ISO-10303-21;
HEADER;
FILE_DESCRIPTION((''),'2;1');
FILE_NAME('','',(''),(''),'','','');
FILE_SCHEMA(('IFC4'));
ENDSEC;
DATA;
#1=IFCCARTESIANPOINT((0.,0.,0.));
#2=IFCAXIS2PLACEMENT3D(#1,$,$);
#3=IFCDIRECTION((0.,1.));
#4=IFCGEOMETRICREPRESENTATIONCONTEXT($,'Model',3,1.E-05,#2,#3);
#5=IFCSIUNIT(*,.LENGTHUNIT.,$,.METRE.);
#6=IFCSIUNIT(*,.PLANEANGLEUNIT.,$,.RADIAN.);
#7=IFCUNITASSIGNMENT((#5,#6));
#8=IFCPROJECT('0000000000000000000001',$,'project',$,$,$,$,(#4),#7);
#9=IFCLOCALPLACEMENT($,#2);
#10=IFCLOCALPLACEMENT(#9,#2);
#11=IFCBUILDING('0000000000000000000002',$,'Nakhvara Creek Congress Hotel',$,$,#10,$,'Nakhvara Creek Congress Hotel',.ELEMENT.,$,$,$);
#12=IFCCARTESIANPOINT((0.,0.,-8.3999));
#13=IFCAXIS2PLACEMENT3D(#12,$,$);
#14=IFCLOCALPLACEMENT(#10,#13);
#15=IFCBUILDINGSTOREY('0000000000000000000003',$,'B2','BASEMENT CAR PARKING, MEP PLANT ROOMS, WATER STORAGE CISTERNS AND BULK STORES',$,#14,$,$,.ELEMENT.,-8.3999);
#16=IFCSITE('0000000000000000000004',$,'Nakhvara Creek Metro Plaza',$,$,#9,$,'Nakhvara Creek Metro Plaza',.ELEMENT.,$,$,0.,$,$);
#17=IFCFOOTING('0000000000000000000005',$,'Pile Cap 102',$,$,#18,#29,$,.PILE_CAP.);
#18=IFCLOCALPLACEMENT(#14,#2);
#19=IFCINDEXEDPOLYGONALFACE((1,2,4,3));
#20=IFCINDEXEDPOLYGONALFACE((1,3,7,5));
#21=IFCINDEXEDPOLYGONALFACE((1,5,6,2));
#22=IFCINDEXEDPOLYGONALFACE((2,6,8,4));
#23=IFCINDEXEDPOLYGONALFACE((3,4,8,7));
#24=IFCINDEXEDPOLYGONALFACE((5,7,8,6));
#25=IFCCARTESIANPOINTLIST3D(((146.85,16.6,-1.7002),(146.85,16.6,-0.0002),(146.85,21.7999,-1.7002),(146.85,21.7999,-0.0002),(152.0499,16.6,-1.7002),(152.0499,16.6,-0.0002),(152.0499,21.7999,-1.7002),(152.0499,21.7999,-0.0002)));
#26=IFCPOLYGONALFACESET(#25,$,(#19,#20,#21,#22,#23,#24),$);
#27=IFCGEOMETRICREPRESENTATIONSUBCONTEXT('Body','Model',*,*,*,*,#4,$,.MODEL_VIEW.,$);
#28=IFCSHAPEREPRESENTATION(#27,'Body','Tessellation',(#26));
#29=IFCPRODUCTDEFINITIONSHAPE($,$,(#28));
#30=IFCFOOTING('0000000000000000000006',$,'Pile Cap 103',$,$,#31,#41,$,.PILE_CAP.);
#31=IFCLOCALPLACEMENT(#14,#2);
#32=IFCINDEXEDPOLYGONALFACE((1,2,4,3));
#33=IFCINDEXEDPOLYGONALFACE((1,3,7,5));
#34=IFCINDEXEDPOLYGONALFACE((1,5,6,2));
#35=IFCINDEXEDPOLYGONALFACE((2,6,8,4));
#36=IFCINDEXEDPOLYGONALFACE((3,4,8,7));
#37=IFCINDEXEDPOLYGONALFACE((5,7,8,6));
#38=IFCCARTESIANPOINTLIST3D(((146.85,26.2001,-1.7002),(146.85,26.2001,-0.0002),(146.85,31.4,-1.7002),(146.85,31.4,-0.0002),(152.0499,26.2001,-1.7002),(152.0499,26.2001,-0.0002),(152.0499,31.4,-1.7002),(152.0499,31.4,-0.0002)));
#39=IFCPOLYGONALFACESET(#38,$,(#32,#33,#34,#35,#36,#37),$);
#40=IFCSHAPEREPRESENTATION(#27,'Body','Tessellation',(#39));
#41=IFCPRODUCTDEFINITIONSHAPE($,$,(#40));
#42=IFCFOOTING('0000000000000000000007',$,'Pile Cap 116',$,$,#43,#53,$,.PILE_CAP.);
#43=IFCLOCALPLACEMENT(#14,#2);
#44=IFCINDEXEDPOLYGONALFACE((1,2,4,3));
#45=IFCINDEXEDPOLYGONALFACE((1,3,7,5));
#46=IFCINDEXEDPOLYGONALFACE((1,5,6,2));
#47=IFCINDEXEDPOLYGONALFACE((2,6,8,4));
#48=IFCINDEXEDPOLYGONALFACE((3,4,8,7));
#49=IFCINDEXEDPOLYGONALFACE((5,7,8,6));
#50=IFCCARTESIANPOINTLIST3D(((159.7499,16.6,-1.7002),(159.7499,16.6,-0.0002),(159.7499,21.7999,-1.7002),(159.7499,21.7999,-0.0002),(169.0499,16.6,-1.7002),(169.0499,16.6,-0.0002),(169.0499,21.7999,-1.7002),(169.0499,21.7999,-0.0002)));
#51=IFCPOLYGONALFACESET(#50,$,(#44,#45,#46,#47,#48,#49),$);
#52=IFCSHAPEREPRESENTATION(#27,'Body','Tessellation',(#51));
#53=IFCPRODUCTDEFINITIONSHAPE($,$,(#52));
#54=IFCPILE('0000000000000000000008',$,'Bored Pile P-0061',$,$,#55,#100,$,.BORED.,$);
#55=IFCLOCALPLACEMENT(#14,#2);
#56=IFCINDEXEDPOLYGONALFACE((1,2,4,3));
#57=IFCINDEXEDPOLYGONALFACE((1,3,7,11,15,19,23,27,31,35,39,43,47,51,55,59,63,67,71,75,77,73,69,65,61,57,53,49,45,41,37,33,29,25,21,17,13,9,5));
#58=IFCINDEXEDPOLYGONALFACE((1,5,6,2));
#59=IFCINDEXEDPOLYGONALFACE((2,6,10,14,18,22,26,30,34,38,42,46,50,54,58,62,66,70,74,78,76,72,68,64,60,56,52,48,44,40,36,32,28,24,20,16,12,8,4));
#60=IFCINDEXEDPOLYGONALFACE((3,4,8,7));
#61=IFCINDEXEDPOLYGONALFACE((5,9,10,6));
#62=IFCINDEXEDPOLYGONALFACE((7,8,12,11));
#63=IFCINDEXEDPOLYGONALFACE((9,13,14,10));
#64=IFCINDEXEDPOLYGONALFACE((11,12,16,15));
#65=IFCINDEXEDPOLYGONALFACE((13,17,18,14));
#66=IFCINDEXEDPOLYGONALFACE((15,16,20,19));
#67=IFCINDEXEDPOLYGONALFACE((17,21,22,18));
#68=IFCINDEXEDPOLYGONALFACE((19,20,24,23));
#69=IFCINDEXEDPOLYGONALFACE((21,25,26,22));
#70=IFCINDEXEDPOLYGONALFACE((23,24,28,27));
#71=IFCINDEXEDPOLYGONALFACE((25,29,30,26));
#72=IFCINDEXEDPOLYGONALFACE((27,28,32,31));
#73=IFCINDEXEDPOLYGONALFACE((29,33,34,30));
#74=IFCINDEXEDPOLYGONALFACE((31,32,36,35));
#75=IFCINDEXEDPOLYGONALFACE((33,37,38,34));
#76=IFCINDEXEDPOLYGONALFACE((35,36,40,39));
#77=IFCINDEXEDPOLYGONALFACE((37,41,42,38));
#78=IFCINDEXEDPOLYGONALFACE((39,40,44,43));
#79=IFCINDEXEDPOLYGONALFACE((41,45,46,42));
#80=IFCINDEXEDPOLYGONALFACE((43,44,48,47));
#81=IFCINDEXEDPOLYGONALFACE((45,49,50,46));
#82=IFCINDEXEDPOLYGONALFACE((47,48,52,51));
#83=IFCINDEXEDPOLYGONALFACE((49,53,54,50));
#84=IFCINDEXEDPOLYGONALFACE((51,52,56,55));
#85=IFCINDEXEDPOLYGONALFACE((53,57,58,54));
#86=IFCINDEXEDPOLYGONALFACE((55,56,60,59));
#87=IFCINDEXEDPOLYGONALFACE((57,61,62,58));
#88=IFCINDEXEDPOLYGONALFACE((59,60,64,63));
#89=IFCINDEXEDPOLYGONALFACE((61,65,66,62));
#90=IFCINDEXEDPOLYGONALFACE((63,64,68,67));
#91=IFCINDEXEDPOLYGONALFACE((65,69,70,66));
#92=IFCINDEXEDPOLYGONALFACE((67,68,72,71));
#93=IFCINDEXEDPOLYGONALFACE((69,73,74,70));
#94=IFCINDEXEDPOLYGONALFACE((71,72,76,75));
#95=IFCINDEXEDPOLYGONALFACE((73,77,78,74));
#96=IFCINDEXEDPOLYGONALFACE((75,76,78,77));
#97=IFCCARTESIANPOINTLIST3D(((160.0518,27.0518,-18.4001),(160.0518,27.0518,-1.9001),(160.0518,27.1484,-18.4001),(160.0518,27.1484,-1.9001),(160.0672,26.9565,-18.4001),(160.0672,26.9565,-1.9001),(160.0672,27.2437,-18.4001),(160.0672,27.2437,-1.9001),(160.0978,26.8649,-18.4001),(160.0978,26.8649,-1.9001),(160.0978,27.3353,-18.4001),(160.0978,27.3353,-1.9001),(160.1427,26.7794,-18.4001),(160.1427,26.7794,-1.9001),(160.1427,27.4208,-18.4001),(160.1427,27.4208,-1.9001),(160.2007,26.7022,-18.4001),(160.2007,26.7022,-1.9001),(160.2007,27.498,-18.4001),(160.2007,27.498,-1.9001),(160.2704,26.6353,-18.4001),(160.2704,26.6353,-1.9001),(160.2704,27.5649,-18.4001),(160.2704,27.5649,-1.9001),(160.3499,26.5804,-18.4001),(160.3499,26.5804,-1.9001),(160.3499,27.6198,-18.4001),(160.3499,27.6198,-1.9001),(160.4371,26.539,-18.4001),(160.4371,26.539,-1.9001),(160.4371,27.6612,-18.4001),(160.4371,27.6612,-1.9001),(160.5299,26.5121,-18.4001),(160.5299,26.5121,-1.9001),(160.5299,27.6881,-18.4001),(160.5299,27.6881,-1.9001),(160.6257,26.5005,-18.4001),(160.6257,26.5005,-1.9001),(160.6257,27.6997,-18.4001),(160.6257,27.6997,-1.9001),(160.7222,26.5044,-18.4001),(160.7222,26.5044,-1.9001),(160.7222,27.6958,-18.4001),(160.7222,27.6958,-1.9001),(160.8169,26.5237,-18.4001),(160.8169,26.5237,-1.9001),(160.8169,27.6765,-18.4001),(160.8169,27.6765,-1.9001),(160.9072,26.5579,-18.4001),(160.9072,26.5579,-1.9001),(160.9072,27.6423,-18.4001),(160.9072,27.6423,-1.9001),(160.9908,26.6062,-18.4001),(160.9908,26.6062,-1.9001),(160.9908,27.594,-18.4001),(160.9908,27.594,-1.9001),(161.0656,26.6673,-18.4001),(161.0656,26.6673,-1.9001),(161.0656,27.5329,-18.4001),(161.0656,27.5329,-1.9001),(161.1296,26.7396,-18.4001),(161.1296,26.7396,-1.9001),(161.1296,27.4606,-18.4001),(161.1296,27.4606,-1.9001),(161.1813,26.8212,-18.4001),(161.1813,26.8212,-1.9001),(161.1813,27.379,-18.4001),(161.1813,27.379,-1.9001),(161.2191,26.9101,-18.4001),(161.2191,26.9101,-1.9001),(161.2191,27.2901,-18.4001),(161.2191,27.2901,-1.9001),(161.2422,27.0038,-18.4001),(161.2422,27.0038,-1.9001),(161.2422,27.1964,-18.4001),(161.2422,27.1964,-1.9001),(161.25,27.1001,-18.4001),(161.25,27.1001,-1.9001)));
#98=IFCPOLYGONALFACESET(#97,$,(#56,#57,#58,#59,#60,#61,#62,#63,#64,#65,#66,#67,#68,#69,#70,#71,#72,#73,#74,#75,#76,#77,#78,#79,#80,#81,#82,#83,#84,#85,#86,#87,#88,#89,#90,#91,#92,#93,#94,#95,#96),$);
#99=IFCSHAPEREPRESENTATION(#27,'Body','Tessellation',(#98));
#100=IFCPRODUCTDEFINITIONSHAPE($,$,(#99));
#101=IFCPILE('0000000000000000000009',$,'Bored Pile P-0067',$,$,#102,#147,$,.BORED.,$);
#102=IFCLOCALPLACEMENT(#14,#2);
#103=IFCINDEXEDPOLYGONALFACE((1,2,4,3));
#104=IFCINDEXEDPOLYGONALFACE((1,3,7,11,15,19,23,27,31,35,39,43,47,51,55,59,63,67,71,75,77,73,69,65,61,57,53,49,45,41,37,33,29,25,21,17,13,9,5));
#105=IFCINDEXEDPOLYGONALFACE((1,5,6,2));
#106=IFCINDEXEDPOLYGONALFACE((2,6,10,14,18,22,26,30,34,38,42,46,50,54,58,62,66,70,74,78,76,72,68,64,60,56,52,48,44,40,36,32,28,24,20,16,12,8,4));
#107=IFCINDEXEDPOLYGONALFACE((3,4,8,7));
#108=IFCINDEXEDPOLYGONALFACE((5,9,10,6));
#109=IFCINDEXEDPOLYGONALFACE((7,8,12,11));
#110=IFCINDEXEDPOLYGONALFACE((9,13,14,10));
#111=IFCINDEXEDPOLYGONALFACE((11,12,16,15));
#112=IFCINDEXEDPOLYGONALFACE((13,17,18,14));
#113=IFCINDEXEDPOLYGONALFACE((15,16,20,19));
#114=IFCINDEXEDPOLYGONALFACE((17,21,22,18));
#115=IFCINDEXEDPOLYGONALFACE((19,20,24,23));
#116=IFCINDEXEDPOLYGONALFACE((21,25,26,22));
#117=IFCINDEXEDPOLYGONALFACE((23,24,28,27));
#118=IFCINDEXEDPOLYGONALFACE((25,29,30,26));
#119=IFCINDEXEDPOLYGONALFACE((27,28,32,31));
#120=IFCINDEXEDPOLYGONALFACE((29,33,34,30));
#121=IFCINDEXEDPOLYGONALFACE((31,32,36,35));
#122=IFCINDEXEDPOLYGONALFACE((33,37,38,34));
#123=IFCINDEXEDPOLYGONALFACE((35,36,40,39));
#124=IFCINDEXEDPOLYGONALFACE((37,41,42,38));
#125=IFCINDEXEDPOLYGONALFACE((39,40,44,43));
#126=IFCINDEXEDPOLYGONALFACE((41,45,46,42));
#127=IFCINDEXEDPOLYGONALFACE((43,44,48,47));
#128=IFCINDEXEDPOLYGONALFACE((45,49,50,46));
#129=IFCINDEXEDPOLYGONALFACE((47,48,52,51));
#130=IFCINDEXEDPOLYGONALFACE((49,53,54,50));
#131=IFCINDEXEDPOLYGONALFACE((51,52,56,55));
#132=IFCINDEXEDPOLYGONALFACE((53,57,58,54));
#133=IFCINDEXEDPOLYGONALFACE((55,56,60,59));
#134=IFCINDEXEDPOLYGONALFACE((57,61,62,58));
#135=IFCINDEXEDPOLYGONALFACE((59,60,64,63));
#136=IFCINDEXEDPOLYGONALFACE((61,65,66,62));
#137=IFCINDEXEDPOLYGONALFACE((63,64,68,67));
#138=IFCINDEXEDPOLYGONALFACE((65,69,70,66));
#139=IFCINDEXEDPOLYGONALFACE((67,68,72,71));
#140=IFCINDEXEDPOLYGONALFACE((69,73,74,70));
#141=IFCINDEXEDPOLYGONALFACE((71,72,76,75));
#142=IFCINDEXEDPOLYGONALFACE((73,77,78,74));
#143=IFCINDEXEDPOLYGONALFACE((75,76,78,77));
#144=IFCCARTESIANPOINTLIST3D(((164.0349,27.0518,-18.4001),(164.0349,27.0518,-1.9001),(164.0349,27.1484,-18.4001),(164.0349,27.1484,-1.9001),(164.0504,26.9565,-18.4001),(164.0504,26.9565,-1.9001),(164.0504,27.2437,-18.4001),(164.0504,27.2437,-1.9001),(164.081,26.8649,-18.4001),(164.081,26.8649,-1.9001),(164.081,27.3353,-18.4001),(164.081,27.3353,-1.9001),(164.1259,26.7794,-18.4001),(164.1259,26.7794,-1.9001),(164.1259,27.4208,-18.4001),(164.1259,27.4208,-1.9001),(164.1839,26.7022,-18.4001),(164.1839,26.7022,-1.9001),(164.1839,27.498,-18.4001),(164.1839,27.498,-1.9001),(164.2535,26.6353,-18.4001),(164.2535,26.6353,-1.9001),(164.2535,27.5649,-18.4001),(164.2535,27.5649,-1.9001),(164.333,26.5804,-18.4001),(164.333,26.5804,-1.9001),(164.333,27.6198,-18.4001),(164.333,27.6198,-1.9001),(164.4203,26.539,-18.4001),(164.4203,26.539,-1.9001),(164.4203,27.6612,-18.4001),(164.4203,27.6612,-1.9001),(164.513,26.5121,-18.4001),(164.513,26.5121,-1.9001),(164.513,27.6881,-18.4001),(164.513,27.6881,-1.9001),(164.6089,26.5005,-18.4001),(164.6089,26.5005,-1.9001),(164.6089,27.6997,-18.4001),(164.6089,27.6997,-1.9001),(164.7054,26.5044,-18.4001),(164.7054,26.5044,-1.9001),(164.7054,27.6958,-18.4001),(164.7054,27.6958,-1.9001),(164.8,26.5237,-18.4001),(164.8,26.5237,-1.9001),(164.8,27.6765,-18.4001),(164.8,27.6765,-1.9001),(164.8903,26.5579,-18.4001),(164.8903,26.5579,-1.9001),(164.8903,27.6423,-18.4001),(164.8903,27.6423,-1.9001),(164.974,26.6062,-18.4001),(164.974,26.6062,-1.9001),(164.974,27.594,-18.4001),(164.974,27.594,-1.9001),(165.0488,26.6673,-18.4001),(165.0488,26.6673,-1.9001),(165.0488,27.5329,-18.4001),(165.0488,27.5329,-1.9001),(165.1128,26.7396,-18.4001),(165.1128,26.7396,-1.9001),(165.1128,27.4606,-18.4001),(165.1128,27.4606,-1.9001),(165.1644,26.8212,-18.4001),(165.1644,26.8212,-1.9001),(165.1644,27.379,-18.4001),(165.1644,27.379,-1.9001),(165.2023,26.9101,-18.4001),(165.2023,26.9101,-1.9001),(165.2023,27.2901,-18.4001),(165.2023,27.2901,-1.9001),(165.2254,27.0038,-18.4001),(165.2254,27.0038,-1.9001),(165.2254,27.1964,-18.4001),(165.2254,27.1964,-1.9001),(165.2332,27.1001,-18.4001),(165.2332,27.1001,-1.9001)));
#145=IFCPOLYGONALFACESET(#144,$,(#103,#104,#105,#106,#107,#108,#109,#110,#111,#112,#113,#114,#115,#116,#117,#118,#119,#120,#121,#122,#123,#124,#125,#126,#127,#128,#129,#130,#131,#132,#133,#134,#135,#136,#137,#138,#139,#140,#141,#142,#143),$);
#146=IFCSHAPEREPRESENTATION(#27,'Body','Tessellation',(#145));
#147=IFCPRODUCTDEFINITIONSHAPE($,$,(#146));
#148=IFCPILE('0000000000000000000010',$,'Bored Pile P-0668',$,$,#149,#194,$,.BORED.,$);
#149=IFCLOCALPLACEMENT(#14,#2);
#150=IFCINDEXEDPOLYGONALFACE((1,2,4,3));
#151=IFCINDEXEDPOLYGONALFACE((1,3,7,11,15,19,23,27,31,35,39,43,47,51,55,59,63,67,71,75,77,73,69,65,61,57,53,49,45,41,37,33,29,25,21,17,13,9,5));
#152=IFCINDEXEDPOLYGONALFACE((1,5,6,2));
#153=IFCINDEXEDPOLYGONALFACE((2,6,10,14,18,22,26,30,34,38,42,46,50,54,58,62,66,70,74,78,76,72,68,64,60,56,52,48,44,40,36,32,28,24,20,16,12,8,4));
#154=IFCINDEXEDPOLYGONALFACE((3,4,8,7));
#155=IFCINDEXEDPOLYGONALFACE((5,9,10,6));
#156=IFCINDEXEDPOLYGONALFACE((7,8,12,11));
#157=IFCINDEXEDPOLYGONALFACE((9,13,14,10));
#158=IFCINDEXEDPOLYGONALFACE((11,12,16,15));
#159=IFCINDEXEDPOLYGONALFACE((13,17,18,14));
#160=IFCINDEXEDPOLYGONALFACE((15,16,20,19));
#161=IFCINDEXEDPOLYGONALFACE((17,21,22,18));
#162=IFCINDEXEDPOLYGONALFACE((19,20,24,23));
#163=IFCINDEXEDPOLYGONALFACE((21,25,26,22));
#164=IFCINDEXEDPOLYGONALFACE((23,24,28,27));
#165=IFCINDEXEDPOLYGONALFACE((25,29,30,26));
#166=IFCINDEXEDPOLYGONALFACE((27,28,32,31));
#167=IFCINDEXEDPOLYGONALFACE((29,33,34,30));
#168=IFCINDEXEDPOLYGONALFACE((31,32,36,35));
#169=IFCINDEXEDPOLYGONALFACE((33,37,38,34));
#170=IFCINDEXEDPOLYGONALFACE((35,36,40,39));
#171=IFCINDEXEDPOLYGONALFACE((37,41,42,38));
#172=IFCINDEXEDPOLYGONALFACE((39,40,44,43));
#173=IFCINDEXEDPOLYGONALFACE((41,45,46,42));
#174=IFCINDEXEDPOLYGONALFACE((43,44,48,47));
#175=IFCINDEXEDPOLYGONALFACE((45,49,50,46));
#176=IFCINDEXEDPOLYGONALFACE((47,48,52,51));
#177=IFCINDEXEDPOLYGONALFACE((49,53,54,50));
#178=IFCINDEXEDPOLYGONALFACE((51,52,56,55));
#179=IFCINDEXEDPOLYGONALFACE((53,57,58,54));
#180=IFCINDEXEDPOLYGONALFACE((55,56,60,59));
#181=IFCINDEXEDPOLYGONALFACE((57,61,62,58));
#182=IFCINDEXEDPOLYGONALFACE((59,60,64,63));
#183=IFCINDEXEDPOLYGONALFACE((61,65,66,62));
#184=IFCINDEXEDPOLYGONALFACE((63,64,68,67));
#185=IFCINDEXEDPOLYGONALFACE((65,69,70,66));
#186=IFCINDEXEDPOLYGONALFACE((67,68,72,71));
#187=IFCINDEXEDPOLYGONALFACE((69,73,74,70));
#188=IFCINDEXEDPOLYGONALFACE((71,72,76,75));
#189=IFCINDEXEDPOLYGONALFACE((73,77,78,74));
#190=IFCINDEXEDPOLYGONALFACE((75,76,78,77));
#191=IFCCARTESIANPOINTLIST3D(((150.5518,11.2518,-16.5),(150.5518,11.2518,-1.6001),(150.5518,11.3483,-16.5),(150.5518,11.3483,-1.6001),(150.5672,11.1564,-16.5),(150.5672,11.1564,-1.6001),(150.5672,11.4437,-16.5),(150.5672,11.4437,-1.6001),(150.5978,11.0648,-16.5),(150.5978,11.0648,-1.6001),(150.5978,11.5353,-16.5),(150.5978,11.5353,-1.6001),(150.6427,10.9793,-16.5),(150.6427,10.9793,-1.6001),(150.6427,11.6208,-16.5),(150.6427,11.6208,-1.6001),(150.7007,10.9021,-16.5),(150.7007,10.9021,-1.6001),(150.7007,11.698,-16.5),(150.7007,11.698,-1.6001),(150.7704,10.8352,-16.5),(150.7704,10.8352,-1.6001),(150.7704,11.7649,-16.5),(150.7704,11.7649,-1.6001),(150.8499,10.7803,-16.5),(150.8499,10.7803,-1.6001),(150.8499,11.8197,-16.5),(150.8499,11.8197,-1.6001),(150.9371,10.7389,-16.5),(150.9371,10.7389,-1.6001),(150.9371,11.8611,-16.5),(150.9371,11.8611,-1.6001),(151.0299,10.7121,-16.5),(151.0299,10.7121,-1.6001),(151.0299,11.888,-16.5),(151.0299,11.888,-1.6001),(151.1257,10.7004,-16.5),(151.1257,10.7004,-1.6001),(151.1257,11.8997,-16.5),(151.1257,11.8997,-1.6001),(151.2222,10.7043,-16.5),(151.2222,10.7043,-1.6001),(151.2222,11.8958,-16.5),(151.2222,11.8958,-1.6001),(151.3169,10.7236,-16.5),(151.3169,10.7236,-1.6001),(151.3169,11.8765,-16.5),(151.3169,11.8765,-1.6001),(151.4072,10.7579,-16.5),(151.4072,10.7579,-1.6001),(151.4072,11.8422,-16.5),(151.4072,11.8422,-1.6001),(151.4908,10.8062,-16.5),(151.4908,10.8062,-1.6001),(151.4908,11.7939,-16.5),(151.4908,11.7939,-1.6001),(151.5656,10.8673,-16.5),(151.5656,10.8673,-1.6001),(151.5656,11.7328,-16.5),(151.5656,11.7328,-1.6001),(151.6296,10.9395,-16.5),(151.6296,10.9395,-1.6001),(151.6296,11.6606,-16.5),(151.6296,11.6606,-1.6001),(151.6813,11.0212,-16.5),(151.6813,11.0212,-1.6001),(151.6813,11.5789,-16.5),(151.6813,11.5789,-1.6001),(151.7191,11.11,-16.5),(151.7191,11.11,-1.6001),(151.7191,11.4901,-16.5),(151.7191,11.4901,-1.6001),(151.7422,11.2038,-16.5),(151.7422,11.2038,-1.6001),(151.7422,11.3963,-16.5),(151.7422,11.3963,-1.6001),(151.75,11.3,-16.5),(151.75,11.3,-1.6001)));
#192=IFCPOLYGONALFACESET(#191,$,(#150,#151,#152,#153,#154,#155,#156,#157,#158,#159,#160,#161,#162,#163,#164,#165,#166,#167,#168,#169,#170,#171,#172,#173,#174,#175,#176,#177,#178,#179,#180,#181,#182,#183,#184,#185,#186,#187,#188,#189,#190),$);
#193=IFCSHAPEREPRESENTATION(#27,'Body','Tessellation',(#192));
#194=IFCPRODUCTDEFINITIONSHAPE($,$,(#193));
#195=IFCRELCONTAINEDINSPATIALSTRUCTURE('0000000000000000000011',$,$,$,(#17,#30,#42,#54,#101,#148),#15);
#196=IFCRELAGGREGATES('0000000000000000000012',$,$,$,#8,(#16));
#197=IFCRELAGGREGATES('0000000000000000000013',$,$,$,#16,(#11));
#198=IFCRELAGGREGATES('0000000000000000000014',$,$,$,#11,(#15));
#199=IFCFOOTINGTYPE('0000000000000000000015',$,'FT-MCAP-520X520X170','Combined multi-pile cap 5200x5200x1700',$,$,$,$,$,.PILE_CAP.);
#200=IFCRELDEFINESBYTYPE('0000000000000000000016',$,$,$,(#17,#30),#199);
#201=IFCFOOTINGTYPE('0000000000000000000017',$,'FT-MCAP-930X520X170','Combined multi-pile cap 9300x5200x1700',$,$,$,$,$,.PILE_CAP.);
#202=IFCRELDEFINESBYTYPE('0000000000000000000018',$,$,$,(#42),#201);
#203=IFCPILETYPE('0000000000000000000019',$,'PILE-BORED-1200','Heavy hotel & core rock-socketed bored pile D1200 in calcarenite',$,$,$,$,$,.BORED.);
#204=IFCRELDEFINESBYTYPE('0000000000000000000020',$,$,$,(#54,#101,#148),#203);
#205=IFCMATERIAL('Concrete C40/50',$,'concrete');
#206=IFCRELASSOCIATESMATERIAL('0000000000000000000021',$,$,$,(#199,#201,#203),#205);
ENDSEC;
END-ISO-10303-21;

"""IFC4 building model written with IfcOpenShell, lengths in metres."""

from ifc_helpers import new_model, si_unit, direction, frame, origin, origin_2d, place, context, subcontext, project, spatial, rectangle, circle, extrude, material, material_profile, profile_set, type_object, element, save


model = new_model("IFC4")

# Units and contexts
model_context = context("Model", 3, precision=1e-05, world=origin(), true_north=direction((0.0, 1.0)))
body_context = subcontext(model_context, "Body", "Model", "MODEL_VIEW")
ifc_project = project(units=[si_unit("LENGTHUNIT", "METRE"), si_unit("PLANEANGLEUNIT", "RADIAN")], contexts=[model_context])

# Site, building, storey
site_placement = place(None, origin())
site = spatial("IfcSite", under=ifc_project, at=site_placement, Name="Nakhvara Creek Metro Plaza", LongName="Nakhvara Creek Metro Plaza", CompositionType="ELEMENT", RefElevation=0.0)
building_placement = place(site_placement, origin())
building = spatial("IfcBuilding", under=site, at=building_placement, Name="Nakhvara Creek Congress Hotel", LongName="Nakhvara Creek Congress Hotel", CompositionType="ELEMENT")
storey_placement = place(building_placement, frame((0.0, 0.0, -8.3999)))
storey = spatial("IfcBuildingStorey", under=building, at=storey_placement, Name="B2", Description="BASEMENT CAR PARKING, MEP PLANT ROOMS, WATER STORAGE CISTERNS AND BULK STORES", CompositionType="ELEMENT", Elevation=-8.3999)

# Footings
ifc_material_1 = material(Name="Concrete C40/50", Category="concrete")
footing_type_1 = type_object("IfcFootingType", Name="FT-MCAP-520X520X170", Description="Combined multi-pile cap 5200x5200x1700", PredefinedType="PILE_CAP", material=ifc_material_1)
for number, where, z_axis, x_axis, name in (
    (1, (149.45, 19.2, -1.7002), (0.0, 0.0, 1.0), (1.0, 0.0, 0.0), "Pile Cap 102"),
    (2, (149.45, 28.8, -1.7002), (0.0, 0.0, 1.0), (1.0, 0.0, 0.0), "Pile Cap 103"),
):
    element("IfcFooting", number, at=place(storey_placement, frame(where, z_axis=z_axis, x_axis=x_axis)), inside=storey, type_object=footing_type_1, Name=name, PredefinedType="PILE_CAP", context=body_context, shape_type="SweptSolid", body=[
        extrude(rectangle(XDim=5.2, YDim=5.2, at=origin_2d()), origin(), (0.0, 0.0, 1.0), 1.7),
    ])
footing_type_2 = type_object("IfcFootingType", Name="FT-MCAP-930X520X170", Description="Combined multi-pile cap 9300x5200x1700", PredefinedType="PILE_CAP", material=ifc_material_1)
footing_placement = place(storey_placement, frame((164.3999, 19.2, -1.7002), z_axis=(0.0, 0.0, 1.0), x_axis=(1.0, 0.0, 0.0)))
element("IfcFooting", 3, at=footing_placement, inside=storey, type_object=footing_type_2, Name="Pile Cap 116", PredefinedType="PILE_CAP", context=body_context, shape_type="SweptSolid", body=[
    extrude(rectangle(XDim=9.3, YDim=5.2, at=origin_2d()), origin(), (0.0, 0.0, 1.0), 1.7),
])

# Piles
ifc_material_profile_1 = material_profile(ifc_material_1, circle(Radius=0.6001, at=origin_2d()), Name="BORED PILE D1200", Category="LoadBearing")
ifc_profile_set_1 = profile_set([ifc_material_profile_1], Name="Concrete C40/50")
pile_type_1 = type_object("IfcPileType", Name="PILE-BORED-1200", Description="Heavy hotel & core rock-socketed bored pile D1200 in calcarenite", PredefinedType="BORED", material=ifc_profile_set_1)
for number, where, z_axis, x_axis, name in (
    (4, (160.6499, 27.1001, -1.9001), (0.0, 0.0, -1.0), (1.0, 0.0, 0.0), "Bored Pile P-0061"),
    (5, (164.6331, 27.1001, -1.9001), (0.0, 0.0, -1.0), (1.0, 0.0, 0.0), "Bored Pile P-0067"),
):
    element("IfcPile", number, at=place(storey_placement, frame(where, z_axis=z_axis, x_axis=x_axis)), inside=storey, type_object=pile_type_1, Name=name, PredefinedType="BORED", context=body_context, shape_type="SweptSolid", body=[
        extrude(circle(Radius=0.6001, at=origin_2d()), origin(), (0.0, 0.0, 1.0), 16.5),
    ])
for number, where, z_axis, x_axis, name in (
    (6, (151.1499, 11.3, -1.6001), (0.0, 0.0, -1.0), (1.0, 0.0, 0.0), "Bored Pile P-0668"),
):
    element("IfcPile", number, at=place(storey_placement, frame(where, z_axis=z_axis, x_axis=x_axis)), inside=storey, type_object=pile_type_1, Name=name, PredefinedType="BORED", context=body_context, shape_type="SweptSolid", body=[
        extrude(circle(Radius=0.6001, at=origin_2d()), origin(), (0.0, 0.0, 1.0), 14.8999),
    ])

save(model, "model.ifc")
